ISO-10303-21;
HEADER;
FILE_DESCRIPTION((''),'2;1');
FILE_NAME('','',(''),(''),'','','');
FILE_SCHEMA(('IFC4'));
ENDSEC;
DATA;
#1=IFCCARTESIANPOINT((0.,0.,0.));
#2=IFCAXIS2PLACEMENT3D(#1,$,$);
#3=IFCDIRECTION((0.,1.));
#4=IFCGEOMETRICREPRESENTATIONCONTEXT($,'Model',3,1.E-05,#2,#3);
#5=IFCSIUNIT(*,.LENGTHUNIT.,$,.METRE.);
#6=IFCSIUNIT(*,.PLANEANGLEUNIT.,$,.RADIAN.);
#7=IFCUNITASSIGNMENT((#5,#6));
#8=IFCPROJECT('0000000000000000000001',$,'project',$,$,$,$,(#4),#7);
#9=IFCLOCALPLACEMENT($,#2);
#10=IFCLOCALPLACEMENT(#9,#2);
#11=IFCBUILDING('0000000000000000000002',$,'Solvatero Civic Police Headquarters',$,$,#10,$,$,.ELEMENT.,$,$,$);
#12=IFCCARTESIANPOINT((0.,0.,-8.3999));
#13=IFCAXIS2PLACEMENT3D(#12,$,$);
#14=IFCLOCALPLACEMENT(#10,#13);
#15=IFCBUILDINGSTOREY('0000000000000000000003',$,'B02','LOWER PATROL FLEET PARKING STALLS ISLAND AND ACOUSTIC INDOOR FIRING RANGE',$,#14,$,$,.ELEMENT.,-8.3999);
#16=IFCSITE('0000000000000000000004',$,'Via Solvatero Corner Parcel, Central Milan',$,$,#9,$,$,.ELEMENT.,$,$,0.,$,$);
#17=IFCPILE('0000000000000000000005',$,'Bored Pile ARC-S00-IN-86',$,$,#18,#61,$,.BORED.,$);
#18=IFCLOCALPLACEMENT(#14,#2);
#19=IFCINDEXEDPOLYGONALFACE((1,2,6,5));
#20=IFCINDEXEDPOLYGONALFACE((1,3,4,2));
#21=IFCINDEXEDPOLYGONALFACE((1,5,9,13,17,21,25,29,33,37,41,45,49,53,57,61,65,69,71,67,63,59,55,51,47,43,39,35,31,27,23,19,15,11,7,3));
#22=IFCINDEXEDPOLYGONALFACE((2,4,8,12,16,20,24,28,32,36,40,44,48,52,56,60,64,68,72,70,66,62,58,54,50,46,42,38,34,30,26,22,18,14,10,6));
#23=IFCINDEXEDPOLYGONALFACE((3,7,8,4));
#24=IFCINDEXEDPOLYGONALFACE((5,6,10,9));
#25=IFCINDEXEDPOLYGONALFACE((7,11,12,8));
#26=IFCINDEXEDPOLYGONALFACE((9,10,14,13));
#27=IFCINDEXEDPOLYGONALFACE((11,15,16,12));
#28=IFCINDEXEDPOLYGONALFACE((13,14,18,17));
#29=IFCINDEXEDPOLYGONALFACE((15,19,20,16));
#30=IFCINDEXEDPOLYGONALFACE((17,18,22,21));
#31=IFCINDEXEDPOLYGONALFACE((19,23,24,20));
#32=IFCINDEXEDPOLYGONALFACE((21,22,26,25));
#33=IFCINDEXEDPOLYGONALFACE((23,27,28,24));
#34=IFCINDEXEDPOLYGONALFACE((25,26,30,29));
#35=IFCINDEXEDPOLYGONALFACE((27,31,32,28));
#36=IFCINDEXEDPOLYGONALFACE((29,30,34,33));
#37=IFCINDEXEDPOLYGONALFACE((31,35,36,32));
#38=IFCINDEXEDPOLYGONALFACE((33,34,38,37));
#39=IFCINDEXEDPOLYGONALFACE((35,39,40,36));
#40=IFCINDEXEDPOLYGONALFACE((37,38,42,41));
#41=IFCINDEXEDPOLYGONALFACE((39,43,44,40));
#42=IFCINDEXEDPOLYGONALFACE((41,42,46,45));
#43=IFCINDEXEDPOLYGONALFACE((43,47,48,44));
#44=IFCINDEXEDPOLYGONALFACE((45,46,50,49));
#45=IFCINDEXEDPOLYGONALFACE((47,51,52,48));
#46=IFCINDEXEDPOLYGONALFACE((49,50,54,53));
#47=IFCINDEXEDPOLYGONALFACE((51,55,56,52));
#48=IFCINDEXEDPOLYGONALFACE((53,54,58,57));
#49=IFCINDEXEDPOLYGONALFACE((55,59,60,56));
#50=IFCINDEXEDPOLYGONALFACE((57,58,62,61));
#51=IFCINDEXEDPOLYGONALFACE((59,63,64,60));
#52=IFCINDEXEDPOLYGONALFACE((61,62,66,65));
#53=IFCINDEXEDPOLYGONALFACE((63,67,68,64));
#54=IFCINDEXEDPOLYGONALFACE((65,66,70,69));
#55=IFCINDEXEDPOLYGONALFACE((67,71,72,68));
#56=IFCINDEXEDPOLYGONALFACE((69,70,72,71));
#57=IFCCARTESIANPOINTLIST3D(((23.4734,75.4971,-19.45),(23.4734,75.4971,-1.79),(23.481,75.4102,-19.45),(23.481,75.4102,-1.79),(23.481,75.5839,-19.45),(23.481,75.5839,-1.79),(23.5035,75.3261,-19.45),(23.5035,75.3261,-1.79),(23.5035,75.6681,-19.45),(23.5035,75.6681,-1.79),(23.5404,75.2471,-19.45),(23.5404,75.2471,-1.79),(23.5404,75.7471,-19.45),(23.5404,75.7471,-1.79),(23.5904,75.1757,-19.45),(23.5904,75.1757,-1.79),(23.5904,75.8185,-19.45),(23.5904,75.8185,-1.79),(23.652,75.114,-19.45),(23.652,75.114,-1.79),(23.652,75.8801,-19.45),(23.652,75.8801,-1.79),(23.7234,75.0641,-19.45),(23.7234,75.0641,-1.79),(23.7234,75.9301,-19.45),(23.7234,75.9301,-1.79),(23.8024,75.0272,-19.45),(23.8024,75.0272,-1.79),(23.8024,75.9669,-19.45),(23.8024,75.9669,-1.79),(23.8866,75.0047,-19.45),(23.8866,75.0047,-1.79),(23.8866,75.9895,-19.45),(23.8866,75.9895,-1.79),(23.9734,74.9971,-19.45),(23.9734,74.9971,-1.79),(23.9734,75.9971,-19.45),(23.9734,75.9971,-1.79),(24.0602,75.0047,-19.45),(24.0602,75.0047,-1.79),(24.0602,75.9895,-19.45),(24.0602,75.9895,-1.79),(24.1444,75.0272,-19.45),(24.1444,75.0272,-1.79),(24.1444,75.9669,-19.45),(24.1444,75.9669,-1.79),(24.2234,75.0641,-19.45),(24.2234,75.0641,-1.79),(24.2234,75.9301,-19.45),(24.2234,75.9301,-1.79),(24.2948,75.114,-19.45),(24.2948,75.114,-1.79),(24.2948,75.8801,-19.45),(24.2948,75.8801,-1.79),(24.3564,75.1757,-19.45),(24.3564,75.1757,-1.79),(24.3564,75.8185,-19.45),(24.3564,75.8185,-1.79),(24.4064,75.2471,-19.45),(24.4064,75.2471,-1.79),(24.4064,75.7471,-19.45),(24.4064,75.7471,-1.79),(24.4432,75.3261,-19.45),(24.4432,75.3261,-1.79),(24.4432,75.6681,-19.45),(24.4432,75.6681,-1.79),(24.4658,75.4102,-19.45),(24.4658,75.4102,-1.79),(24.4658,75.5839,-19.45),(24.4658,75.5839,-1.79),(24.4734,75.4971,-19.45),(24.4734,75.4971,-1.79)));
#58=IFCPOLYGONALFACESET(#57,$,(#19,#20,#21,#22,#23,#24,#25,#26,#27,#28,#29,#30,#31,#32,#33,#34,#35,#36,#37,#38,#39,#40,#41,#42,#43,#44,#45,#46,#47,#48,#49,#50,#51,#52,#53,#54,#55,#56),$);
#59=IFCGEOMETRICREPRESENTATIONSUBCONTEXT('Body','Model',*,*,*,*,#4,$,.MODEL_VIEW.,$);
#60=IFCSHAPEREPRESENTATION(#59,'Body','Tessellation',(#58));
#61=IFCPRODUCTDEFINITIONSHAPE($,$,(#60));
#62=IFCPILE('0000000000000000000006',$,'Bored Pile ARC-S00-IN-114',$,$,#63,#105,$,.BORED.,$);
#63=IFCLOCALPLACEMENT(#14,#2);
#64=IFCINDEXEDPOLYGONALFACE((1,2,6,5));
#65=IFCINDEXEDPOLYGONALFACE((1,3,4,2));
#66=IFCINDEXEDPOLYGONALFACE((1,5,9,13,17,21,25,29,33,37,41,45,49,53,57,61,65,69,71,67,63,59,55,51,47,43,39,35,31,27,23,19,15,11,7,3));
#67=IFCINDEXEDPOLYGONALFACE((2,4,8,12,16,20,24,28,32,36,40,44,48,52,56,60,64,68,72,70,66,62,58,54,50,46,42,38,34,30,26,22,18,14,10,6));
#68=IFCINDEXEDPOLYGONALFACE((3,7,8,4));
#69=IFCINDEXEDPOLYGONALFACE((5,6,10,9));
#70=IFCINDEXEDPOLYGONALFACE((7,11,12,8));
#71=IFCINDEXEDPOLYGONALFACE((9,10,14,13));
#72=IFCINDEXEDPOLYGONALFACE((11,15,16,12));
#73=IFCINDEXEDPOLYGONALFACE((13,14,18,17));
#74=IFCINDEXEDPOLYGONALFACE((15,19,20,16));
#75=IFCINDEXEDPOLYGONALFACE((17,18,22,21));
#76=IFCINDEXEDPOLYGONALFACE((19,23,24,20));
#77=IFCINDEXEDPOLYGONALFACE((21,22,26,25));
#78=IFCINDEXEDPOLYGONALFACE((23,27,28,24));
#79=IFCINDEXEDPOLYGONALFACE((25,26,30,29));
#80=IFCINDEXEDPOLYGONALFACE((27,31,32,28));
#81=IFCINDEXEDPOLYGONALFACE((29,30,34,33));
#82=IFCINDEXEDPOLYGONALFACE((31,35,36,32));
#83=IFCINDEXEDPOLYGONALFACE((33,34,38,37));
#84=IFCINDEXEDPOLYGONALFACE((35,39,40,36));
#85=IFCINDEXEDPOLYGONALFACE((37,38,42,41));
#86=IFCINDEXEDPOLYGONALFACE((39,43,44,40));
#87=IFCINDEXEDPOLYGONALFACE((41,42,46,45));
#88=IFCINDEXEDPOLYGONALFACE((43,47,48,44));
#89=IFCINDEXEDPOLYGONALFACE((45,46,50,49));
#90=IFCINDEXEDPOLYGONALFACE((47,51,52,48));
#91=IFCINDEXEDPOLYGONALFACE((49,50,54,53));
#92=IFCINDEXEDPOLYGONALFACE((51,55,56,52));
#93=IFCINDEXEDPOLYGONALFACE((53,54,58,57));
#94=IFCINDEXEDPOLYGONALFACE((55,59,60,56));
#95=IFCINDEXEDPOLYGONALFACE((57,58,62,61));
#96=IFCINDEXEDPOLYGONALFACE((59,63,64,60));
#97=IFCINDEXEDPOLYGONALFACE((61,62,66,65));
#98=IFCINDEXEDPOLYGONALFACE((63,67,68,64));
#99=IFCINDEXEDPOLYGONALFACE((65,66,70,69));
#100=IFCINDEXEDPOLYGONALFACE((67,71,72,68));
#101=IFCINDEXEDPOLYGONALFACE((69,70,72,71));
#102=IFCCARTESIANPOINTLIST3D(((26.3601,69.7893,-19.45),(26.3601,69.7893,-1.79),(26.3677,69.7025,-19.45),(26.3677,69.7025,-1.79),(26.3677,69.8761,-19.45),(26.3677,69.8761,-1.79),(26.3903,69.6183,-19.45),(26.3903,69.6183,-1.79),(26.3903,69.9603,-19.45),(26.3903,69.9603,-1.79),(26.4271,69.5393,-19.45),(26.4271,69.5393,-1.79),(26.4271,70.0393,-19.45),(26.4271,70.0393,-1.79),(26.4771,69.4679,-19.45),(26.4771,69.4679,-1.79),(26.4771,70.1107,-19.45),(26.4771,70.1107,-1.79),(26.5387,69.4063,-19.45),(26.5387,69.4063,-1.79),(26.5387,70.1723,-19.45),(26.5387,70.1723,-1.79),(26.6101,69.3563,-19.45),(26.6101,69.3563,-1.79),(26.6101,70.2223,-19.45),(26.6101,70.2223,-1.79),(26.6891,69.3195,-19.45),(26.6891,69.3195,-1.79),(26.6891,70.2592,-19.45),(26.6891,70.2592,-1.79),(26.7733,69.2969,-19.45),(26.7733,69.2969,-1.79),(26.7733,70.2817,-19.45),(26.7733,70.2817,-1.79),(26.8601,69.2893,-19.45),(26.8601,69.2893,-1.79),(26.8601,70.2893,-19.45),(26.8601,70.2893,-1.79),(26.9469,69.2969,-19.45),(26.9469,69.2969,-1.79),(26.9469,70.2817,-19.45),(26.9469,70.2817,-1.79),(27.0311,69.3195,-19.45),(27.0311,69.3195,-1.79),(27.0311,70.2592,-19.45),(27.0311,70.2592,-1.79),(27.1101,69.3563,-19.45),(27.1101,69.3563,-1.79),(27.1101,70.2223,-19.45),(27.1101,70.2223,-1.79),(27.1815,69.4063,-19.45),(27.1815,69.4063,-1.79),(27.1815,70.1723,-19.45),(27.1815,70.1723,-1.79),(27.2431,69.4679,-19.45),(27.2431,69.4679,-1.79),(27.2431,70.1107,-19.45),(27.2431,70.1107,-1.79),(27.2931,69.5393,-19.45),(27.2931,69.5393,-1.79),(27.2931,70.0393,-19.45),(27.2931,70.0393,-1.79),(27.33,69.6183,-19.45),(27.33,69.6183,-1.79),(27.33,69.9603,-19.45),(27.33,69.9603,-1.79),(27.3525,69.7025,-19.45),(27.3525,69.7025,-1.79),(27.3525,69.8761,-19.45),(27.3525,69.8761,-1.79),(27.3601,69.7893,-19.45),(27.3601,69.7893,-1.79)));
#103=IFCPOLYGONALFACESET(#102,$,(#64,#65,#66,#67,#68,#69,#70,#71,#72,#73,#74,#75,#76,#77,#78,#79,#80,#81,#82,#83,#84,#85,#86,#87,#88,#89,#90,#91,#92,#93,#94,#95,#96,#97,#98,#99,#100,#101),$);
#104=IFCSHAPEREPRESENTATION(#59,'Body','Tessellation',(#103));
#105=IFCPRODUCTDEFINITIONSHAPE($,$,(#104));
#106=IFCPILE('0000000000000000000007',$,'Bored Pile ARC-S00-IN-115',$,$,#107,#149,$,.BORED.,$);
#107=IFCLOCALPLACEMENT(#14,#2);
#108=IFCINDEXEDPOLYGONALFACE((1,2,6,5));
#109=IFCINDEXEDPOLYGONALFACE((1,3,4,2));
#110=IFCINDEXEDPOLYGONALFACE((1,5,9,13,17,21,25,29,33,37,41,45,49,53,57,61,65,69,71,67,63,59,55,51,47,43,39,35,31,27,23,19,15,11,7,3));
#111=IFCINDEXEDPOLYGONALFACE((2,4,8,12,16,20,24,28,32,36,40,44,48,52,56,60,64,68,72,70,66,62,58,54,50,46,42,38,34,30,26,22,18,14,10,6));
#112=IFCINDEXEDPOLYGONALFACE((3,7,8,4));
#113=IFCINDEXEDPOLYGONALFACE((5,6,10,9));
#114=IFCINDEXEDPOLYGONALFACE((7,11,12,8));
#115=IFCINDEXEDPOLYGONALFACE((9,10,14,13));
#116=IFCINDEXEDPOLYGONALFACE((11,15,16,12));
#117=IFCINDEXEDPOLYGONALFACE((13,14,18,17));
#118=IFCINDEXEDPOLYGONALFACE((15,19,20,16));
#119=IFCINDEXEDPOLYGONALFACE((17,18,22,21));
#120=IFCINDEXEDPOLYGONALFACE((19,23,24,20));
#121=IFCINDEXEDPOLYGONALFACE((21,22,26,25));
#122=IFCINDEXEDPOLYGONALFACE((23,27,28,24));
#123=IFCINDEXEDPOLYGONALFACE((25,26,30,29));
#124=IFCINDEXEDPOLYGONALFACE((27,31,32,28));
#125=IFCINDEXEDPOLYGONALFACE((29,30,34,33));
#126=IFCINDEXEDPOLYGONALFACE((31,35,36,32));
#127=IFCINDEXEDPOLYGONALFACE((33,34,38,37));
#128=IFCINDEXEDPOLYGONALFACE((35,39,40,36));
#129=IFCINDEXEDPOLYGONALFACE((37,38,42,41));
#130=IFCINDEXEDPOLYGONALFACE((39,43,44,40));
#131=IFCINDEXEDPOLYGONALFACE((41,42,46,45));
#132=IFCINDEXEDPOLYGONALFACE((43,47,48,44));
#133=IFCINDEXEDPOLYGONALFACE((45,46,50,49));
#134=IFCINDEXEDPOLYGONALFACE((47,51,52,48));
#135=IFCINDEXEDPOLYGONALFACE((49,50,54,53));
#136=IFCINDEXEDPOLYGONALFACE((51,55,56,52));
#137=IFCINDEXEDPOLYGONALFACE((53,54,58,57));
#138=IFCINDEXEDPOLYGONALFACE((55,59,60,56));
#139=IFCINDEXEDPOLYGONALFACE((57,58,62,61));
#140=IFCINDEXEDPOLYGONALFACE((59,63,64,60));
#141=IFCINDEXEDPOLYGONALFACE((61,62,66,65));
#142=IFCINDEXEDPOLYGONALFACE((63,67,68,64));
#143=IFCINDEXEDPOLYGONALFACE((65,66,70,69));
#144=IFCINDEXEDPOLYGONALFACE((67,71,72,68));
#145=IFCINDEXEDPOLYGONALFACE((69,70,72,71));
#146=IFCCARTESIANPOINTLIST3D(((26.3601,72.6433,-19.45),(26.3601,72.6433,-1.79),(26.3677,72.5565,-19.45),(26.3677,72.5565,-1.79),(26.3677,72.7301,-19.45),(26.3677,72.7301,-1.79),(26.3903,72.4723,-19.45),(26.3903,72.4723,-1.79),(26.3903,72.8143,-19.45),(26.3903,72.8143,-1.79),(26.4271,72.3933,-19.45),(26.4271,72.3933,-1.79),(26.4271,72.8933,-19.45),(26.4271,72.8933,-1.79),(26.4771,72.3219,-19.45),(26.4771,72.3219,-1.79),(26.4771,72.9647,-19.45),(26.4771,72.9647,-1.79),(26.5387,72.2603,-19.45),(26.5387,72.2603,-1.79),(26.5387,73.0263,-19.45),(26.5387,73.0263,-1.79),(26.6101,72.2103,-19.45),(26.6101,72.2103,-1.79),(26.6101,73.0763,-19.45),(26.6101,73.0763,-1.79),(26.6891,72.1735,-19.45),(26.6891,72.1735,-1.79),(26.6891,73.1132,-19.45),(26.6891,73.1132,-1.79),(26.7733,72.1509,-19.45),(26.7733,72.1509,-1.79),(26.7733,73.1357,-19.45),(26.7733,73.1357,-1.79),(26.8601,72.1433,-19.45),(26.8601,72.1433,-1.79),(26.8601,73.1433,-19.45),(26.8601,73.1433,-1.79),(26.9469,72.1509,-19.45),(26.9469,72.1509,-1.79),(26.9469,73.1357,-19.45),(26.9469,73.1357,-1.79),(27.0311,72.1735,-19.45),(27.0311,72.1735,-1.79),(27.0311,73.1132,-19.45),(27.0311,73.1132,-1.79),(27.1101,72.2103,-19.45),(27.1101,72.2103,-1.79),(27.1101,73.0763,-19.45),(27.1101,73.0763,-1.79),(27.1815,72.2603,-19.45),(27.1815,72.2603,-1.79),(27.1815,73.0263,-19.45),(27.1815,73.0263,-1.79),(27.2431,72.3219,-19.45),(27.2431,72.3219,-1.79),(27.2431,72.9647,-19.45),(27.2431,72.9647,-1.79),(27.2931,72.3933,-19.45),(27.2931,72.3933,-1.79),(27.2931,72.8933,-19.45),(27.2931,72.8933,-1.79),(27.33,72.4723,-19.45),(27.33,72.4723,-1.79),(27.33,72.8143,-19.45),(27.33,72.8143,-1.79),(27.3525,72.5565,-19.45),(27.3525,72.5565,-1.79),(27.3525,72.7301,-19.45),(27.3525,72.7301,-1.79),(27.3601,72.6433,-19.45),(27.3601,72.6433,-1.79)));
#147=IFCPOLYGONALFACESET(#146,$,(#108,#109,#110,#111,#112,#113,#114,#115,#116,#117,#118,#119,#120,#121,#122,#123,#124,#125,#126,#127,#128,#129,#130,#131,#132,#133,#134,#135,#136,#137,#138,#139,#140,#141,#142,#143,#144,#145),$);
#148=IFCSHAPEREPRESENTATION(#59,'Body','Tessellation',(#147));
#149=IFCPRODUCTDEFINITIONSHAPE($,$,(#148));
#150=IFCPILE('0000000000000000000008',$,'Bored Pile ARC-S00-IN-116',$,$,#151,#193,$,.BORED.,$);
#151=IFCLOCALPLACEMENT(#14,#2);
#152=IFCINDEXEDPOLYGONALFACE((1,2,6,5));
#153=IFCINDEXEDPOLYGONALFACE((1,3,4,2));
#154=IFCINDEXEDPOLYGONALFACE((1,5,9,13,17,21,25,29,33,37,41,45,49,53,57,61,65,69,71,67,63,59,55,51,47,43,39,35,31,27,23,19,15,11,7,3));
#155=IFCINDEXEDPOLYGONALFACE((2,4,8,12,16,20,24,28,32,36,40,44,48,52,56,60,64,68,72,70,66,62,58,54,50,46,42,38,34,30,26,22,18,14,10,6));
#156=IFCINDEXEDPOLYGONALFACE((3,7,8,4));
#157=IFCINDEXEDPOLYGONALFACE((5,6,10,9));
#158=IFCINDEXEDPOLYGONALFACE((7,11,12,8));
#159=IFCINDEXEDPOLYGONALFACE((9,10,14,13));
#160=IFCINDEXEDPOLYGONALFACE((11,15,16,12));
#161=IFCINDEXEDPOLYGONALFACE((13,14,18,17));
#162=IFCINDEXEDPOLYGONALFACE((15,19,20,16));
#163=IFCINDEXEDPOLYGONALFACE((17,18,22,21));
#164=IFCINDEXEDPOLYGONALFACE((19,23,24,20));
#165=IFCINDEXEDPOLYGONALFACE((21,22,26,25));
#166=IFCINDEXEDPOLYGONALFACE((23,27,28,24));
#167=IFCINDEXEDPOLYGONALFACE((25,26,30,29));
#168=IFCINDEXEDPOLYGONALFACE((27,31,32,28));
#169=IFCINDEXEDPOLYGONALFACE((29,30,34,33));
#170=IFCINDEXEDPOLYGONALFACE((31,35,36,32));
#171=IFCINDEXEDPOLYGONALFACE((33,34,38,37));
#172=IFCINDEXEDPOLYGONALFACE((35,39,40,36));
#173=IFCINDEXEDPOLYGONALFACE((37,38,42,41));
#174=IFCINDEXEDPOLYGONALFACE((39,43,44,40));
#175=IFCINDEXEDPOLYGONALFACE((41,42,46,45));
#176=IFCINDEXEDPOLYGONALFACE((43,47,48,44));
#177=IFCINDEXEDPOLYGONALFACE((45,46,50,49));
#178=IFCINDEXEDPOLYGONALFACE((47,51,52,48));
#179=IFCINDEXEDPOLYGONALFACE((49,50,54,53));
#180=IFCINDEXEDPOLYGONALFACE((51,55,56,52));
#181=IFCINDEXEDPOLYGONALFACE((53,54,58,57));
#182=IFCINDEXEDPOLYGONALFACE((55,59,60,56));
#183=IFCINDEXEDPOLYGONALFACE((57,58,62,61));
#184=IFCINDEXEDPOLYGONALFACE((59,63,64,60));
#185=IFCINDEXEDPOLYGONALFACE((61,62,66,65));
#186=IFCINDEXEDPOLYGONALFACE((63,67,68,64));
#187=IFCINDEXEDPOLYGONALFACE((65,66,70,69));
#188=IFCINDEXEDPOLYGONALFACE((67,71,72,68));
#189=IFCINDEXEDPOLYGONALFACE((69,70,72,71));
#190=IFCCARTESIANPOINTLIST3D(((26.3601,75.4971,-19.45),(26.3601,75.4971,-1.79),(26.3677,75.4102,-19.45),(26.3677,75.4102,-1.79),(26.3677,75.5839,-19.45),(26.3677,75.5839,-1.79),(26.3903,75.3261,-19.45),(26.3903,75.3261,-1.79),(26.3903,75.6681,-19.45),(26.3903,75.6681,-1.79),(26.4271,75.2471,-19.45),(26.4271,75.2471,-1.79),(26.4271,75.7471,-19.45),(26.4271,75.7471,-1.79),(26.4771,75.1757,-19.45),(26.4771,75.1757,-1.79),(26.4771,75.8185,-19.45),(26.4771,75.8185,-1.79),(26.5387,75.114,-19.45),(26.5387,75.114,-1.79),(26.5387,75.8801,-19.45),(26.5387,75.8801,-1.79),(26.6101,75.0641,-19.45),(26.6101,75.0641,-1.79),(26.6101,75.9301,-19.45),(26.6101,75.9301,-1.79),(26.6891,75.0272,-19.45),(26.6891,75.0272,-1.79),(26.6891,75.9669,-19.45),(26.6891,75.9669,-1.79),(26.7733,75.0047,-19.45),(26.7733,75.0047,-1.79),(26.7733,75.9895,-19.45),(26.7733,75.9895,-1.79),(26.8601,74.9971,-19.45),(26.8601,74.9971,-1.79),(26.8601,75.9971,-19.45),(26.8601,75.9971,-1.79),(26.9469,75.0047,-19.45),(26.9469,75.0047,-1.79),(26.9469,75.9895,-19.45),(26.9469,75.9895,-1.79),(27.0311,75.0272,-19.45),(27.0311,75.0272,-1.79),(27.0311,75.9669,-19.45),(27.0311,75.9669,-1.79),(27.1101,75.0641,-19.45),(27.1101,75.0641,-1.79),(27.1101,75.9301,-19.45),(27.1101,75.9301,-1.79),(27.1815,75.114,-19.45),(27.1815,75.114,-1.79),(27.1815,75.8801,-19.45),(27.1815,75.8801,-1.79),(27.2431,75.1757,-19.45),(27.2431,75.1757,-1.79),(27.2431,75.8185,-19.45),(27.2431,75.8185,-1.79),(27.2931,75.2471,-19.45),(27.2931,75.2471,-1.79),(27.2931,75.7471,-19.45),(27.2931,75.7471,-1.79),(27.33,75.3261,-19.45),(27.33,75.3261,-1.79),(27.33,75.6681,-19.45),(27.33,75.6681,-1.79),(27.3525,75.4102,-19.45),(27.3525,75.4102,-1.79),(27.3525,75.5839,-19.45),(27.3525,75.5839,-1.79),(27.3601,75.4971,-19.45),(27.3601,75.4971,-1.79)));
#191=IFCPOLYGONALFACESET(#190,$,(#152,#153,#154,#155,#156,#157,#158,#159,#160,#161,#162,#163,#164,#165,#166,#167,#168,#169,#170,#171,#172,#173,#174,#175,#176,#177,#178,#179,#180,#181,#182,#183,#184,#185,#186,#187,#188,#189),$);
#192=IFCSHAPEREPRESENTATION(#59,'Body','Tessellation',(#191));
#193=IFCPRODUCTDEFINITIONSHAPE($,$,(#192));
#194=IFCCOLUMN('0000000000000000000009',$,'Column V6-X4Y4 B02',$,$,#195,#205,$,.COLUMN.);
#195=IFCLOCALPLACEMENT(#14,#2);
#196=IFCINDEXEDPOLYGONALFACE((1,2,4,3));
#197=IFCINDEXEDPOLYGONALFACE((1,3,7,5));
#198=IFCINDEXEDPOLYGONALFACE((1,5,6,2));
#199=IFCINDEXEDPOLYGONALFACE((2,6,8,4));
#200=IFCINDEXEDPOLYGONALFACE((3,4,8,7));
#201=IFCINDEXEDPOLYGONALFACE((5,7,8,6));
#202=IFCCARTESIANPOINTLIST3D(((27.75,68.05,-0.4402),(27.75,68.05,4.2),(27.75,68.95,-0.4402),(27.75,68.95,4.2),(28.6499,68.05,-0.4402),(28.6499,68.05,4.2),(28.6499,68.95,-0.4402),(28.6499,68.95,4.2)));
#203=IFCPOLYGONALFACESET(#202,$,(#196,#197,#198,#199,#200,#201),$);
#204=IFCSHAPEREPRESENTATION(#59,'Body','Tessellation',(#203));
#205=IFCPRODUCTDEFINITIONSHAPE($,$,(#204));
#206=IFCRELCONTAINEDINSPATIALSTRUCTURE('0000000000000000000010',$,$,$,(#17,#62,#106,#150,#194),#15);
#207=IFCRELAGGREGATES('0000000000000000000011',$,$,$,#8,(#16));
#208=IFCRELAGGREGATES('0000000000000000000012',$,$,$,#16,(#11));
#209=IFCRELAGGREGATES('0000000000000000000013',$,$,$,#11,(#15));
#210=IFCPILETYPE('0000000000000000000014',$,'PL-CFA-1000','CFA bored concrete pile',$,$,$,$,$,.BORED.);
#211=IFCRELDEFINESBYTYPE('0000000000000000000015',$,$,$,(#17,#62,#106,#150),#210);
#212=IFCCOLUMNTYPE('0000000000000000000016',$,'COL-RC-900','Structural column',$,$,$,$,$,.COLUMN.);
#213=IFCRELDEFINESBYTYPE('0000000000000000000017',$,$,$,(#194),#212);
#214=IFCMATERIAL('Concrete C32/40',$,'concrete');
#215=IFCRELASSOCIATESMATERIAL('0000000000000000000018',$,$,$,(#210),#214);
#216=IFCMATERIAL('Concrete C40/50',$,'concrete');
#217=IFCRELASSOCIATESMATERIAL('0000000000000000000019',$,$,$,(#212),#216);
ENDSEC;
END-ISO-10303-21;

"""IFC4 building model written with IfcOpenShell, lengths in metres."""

from ifc_helpers import new_model, si_unit, direction, frame, origin, origin_2d, place, context, subcontext, project, spatial, rectangle, circle, extrude, material, material_profile, profile_set, type_object, element, save


model = new_model("IFC4")

# Units and contexts
model_context = context("Model", 3, precision=1e-05, world=origin(), true_north=direction((0.0, 1.0)))
body_context = subcontext(model_context, "Body", "Model", "MODEL_VIEW")
ifc_project = project(units=[si_unit("LENGTHUNIT", "METRE"), si_unit("PLANEANGLEUNIT", "RADIAN")], contexts=[model_context])

# Site, building, storey
site_placement = place(None, origin())
site = spatial("IfcSite", under=ifc_project, at=site_placement, Name="Via Solvatero Corner Parcel, Central Milan", CompositionType="ELEMENT", RefElevation=0.0)
building_placement = place(site_placement, origin())
building = spatial("IfcBuilding", under=site, at=building_placement, Name="Solvatero Civic Police Headquarters", CompositionType="ELEMENT")
storey_placement = place(building_placement, frame((0.0, 0.0, -8.3999)))
storey = spatial("IfcBuildingStorey", under=building, at=storey_placement, Name="B02", Description="LOWER PATROL FLEET PARKING STALLS ISLAND AND ACOUSTIC INDOOR FIRING RANGE", CompositionType="ELEMENT", Elevation=-8.3999)

# Piles
ifc_material_1 = material(Name="Concrete C32/40", Category="concrete")
ifc_material_profile_1 = material_profile(ifc_material_1, circle(Radius=0.5, at=origin_2d()), Name="CFA PILE D1000")
ifc_profile_set_1 = profile_set([ifc_material_profile_1], Name="Concrete C32/40")
pile_type = type_object("IfcPileType", Name="PL-CFA-1000", Description="CFA bored concrete pile", PredefinedType="BORED", material=ifc_profile_set_1)
for number, where, z_axis, x_axis, name in (
    (1, (23.9734, 75.4971, -1.79), (0.0, 0.0, -1.0), (1.0, 0.0, 0.0), "Bored Pile ARC-S00-IN-86"),
    (2, (26.8601, 69.7893, -1.79), (0.0, 0.0, -1.0), (1.0, 0.0, 0.0), "Bored Pile ARC-S00-IN-114"),
    (3, (26.8601, 72.6433, -1.79), (0.0, 0.0, -1.0), (1.0, 0.0, 0.0), "Bored Pile ARC-S00-IN-115"),
    (4, (26.8601, 75.4971, -1.79), (0.0, 0.0, -1.0), (1.0, 0.0, 0.0), "Bored Pile ARC-S00-IN-116"),
):
    element("IfcPile", number, at=place(storey_placement, frame(where, z_axis=z_axis, x_axis=x_axis)), inside=storey, type_object=pile_type, Name=name, PredefinedType="BORED", context=body_context, shape_type="SweptSolid", body=[
        extrude(circle(Radius=0.5, at=origin_2d()), origin(), (0.0, 0.0, 1.0), 17.6599),
    ])

# Column
ifc_material_2 = material(Name="Concrete C40/50", Category="concrete")
ifc_material_profile_2 = material_profile(ifc_material_2, rectangle(XDim=0.8999, YDim=0.8999, at=origin_2d()), Name="RC 900x900")
ifc_profile_set_2 = profile_set([ifc_material_profile_2], Name="Concrete C40/50")
column_type = type_object("IfcColumnType", Name="COL-RC-900", Description="Structural column", PredefinedType="COLUMN", material=ifc_profile_set_2)
column_placement = place(storey_placement, frame((28.2, 68.5, -0.4402), z_axis=(0.0, 0.0, 1.0), x_axis=(1.0, 0.0, 0.0)))
element("IfcColumn", 5, at=column_placement, inside=storey, type_object=column_type, Name="Column V6-X4Y4 B02", PredefinedType="COLUMN", context=body_context, shape_type="SweptSolid", body=[
    extrude(rectangle(XDim=0.8999, YDim=0.8999, at=origin_2d()), origin(), (0.0, 0.0, 1.0), 4.6401),
])

save(model, "model.ifc")
